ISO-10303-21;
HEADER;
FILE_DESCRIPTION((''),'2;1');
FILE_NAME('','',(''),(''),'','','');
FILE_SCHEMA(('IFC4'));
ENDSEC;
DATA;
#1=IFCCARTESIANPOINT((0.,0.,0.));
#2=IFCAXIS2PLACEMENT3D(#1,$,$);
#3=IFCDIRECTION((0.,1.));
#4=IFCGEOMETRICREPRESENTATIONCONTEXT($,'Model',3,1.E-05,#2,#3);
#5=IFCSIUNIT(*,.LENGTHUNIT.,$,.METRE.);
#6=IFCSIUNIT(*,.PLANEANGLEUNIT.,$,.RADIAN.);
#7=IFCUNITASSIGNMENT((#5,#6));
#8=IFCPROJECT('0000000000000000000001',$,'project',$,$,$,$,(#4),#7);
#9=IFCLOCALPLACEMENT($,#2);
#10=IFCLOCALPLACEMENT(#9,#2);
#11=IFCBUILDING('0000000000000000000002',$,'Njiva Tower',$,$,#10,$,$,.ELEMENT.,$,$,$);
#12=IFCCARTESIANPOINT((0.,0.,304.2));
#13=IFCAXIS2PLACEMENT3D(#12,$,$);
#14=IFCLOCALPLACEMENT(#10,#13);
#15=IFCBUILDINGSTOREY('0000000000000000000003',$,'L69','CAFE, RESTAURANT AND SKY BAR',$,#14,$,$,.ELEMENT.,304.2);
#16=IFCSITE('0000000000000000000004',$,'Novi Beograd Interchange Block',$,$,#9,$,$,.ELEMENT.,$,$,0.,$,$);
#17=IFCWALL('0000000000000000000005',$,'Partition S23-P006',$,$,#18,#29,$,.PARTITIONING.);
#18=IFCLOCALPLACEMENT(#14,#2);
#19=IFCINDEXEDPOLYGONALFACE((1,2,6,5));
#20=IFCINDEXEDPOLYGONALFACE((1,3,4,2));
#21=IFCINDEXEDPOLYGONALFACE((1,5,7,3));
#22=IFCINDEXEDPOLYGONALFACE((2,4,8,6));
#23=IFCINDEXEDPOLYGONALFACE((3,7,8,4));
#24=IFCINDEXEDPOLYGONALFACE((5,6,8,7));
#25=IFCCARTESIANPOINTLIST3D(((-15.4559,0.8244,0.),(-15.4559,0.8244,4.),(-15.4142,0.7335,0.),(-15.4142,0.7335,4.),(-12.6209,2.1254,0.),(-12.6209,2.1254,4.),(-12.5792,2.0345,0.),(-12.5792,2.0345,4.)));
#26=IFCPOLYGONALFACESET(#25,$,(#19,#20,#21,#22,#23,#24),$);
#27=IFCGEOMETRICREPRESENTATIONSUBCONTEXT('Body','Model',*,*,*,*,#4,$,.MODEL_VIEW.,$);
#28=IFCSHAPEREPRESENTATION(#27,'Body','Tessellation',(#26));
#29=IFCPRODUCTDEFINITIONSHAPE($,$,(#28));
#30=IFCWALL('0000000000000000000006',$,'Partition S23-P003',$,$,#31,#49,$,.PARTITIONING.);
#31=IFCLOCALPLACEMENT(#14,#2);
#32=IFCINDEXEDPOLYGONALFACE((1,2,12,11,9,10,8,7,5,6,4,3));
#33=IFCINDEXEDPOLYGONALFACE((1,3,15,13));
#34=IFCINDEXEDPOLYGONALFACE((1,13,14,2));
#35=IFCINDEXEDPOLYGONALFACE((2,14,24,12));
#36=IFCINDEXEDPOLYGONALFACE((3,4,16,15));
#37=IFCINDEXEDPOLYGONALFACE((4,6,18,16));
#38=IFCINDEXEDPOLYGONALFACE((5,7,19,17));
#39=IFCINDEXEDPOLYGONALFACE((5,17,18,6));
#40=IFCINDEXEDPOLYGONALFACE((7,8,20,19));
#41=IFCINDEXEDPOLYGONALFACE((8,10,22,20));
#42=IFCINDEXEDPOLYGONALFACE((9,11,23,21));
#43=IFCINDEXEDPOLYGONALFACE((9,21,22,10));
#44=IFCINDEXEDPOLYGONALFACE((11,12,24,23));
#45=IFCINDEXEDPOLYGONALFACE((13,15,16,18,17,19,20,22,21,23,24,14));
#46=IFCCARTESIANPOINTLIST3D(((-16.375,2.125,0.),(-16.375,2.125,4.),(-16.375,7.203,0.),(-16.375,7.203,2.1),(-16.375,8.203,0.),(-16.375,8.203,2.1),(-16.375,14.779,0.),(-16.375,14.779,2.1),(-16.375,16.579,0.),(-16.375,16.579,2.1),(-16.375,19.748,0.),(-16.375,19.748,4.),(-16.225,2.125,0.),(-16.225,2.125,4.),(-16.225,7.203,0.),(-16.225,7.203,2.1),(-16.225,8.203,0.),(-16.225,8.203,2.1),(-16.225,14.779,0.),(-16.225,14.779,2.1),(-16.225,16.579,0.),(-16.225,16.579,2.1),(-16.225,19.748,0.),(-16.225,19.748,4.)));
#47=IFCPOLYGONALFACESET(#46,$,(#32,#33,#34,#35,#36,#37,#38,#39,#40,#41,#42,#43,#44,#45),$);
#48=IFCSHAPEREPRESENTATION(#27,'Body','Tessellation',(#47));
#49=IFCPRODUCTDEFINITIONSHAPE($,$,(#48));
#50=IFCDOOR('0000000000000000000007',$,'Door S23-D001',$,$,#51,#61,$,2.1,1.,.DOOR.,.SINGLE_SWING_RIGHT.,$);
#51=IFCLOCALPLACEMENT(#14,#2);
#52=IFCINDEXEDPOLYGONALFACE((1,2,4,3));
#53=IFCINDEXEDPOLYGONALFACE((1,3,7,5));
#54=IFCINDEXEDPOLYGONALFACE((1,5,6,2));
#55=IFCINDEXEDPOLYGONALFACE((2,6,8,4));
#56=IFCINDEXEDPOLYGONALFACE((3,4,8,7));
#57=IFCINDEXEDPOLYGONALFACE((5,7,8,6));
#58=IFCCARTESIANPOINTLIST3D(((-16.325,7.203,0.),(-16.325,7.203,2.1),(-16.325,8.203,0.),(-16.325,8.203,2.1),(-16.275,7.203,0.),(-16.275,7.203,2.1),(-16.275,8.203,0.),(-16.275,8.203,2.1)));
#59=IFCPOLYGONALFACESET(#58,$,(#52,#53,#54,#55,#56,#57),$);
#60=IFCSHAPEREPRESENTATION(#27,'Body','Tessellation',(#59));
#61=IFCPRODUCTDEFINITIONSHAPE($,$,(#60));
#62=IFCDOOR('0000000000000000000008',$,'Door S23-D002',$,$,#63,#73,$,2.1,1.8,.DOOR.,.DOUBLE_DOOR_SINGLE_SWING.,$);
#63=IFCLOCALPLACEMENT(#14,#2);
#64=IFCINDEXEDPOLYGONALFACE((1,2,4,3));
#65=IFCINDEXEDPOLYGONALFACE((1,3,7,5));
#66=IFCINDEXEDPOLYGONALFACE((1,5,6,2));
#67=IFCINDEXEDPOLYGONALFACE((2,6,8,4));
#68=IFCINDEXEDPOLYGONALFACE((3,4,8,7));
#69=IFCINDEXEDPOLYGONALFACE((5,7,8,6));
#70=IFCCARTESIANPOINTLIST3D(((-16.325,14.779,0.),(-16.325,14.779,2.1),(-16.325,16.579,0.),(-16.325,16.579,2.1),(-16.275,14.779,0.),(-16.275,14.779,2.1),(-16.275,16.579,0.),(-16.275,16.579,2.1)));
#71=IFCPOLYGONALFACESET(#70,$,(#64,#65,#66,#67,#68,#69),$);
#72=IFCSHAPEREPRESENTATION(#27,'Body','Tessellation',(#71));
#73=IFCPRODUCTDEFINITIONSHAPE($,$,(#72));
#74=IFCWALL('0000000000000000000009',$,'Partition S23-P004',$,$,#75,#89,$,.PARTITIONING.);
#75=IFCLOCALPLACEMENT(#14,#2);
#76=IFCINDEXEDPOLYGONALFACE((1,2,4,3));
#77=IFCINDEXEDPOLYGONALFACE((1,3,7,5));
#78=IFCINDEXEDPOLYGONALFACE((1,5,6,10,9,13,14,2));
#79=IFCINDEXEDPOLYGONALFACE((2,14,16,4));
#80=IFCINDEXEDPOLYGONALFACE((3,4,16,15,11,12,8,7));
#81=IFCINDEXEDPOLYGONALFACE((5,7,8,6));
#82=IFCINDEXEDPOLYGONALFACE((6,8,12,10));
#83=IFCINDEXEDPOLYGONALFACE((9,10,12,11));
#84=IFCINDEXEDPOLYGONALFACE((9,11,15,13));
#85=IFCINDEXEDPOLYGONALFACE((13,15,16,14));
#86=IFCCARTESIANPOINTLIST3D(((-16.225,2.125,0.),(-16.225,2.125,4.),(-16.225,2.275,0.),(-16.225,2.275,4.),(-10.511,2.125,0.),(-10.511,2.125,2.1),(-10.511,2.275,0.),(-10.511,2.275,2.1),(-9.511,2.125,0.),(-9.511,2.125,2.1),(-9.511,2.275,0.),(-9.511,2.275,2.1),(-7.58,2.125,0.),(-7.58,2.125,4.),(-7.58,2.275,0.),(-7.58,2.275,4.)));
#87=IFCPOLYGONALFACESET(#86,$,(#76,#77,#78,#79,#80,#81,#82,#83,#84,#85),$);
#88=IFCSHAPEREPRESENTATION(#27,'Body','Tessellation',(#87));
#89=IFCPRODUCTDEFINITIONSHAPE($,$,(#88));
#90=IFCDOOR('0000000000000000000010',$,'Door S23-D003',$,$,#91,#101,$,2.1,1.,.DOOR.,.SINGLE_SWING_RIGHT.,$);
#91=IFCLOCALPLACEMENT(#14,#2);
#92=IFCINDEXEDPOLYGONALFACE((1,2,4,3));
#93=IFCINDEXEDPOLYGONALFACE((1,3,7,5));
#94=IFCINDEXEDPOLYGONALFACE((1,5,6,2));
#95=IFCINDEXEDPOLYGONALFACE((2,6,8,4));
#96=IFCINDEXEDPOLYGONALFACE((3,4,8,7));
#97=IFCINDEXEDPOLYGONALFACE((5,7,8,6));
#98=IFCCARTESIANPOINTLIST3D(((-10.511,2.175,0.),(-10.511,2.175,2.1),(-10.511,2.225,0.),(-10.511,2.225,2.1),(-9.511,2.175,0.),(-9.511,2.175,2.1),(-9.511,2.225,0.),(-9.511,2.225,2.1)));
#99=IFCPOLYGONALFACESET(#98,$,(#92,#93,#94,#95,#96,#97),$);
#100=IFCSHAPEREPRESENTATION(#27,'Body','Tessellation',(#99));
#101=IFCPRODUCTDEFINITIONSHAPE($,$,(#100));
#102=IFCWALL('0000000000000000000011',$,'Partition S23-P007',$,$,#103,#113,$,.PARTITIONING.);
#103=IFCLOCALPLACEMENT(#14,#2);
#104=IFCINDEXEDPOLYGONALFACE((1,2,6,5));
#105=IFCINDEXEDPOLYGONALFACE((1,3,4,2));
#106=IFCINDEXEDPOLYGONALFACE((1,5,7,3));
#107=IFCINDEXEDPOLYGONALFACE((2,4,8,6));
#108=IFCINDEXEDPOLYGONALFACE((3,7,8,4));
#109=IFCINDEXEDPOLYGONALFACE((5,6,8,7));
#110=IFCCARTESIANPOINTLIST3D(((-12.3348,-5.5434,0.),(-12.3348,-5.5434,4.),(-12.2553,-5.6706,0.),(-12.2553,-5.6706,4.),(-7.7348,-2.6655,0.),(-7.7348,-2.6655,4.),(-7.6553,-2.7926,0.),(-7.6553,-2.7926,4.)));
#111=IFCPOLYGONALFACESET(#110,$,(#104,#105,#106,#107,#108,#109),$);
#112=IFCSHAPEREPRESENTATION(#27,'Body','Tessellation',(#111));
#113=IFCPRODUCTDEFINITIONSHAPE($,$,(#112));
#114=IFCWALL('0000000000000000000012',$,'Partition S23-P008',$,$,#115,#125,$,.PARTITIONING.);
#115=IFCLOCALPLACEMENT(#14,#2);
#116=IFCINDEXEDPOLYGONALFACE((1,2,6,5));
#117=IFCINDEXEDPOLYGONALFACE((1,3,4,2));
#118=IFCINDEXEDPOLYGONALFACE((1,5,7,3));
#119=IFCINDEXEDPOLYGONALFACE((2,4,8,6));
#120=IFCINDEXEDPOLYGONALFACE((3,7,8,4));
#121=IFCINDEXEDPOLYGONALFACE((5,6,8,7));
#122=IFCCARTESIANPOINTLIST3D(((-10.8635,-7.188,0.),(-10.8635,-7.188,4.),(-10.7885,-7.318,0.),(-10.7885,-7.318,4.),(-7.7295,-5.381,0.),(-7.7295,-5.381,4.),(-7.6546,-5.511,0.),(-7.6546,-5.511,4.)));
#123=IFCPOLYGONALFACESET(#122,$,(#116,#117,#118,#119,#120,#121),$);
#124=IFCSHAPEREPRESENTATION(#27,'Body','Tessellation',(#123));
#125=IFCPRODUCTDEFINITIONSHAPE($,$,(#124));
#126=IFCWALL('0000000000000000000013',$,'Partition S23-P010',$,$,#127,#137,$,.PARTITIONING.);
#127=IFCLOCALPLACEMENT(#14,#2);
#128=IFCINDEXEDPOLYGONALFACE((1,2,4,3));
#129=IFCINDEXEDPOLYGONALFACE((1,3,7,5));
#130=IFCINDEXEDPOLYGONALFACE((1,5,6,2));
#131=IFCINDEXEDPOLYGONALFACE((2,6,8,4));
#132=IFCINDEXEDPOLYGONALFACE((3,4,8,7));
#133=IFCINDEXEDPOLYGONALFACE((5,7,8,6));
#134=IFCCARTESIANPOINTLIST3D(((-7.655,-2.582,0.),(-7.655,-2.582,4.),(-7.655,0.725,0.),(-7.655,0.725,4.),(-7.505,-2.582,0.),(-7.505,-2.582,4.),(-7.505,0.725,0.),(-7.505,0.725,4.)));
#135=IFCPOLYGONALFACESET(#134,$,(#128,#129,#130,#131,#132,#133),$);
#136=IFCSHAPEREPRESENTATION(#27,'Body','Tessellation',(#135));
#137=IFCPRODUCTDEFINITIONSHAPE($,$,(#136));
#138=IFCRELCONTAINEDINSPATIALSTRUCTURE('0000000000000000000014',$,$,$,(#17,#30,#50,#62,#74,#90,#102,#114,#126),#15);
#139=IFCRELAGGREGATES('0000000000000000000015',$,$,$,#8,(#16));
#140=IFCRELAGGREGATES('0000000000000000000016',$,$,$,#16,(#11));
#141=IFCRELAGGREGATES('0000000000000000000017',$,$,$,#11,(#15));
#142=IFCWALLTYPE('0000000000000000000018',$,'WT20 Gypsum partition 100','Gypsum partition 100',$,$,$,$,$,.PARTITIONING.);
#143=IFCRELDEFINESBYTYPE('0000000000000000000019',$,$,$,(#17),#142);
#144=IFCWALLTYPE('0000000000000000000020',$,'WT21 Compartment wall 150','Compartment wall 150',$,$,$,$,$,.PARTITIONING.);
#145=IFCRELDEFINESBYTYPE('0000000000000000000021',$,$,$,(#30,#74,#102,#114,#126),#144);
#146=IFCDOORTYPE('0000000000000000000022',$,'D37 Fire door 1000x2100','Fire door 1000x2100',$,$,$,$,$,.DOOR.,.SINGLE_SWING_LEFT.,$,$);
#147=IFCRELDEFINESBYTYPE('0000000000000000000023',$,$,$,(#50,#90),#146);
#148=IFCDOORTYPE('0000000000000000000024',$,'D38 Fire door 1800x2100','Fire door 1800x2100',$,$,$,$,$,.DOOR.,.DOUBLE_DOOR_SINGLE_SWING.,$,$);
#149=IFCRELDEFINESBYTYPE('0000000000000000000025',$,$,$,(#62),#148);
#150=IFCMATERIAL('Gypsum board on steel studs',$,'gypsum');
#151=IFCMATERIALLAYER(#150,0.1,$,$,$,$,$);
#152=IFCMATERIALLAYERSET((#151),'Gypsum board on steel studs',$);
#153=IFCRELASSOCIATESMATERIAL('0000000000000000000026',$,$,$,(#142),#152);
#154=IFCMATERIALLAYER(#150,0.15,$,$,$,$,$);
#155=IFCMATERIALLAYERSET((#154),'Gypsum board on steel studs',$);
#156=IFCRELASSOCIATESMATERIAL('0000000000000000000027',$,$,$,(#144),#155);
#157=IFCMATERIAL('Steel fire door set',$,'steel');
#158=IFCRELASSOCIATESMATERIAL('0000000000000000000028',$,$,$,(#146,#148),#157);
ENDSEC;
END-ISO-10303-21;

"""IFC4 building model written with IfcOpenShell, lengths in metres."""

from ifc_helpers import new_model, si_unit, direction, frame, frame_2d, origin, place, context, subcontext, project, spatial, rectangle, extrude, material, layer, layer_set, type_object, element, fill, save


model = new_model("IFC4")

# Units and contexts
model_context = context("Model", 3, precision=1e-05, world=origin(), true_north=direction((0.0, 1.0)))
body_context = subcontext(model_context, "Body", "Model", "MODEL_VIEW")
ifc_project = project(units=[si_unit("LENGTHUNIT", "METRE"), si_unit("PLANEANGLEUNIT", "RADIAN")], contexts=[model_context])

# Site, building, storey
site_placement = place(None, origin())
site = spatial("IfcSite", under=ifc_project, at=site_placement, Name="Novi Beograd Interchange Block", CompositionType="ELEMENT", RefElevation=0.0)
building_placement = place(site_placement, origin())
building = spatial("IfcBuilding", under=site, at=building_placement, Name="Njiva Tower", CompositionType="ELEMENT")
storey_placement = place(building_placement, frame((0.0, 0.0, 304.2)))
storey = spatial("IfcBuildingStorey", under=building, at=storey_placement, Name="L69", Description="CAFE, RESTAURANT AND SKY BAR", CompositionType="ELEMENT", Elevation=304.2)

# Wall
ifc_material_1 = material(Name="Gypsum board on steel studs", Category="gypsum")
ifc_layer_1 = layer(ifc_material_1, 0.1)
ifc_layer_set_1 = layer_set([ifc_layer_1], Name="Gypsum board on steel studs")
wall_type_1 = type_object("IfcWallType", Name="WT20 Gypsum partition 100", Description="Gypsum partition 100", PredefinedType="PARTITIONING", material=ifc_layer_set_1)
wall_1_placement = place(storey_placement, frame((-15.435, 0.779, 0.0), z_axis=(0.0, 0.0, 1.0), x_axis=(0.908867, 0.417085, 0.0)))
element("IfcWall", 1, at=wall_1_placement, inside=storey, type_object=wall_type_1, Name="Partition S23-P006", PredefinedType="PARTITIONING", context=body_context, shape_type="SweptSolid", body=[
    extrude(rectangle(XDim=3.1193, YDim=0.1, at=frame_2d((1.5596, 0.0))), origin(), (0.0, 0.0, 1.0), 4.0),
])

# Wall, openings, doors
ifc_layer_2 = layer(ifc_material_1, 0.15)
ifc_layer_set_2 = layer_set([ifc_layer_2], Name="Gypsum board on steel studs")
wall_type_2 = type_object("IfcWallType", Name="WT21 Compartment wall 150", Description="Compartment wall 150", PredefinedType="PARTITIONING", material=ifc_layer_set_2)
wall_2_placement = place(storey_placement, frame((-16.3, 2.125, 0.0), z_axis=(0.0, 0.0, 1.0), x_axis=(0.0, 1.0, 0.0)))
wall_2 = element("IfcWall", 2, at=wall_2_placement, inside=storey, type_object=wall_type_2, Name="Partition S23-P003", PredefinedType="PARTITIONING", context=body_context, shape_type="SweptSolid", body=[
    extrude(rectangle(XDim=17.623, YDim=0.15, at=frame_2d((8.8115, 0.0))), origin(), (0.0, 0.0, 1.0), 4.0),
])
opening_1_placement = place(wall_2_placement, frame((5.078, 0.0, 0.0)))
opening_1 = element("IfcOpeningElement", 3, at=opening_1_placement, cuts=wall_2, PredefinedType="OPENING", context=body_context, shape_type="SweptSolid", body=[
    extrude(rectangle(XDim=1.0, YDim=2.1, at=frame_2d((0.5, 1.05))), frame((0.0, 0.085, 0.0), z_axis=(0.0, -1.0, 0.0), x_axis=(1.0, 0.0, 0.0)), (0.0, 0.0, 1.0), 0.17),
])
opening_2_placement = place(wall_2_placement, frame((12.654, 0.0, 0.0)))
opening_2 = element("IfcOpeningElement", 4, at=opening_2_placement, cuts=wall_2, PredefinedType="OPENING", context=body_context, shape_type="SweptSolid", body=[
    extrude(rectangle(XDim=1.8, YDim=2.1, at=frame_2d((0.9, 1.05))), frame((0.0, 0.085, 0.0), z_axis=(0.0, -1.0, 0.0), x_axis=(1.0, 0.0, 0.0)), (0.0, 0.0, 1.0), 0.17),
])
ifc_material_2 = material(Name="Steel fire door set", Category="steel")
door_type_1 = type_object("IfcDoorType", Name="D37 Fire door 1000x2100", Description="Fire door 1000x2100", OperationType="SINGLE_SWING_LEFT", PredefinedType="DOOR", material=ifc_material_2)
door_1_placement = place(opening_1_placement, origin())
door_1 = element("IfcDoor", 5, at=door_1_placement, inside=storey, type_object=door_type_1, Name="Door S23-D001", OperationType="SINGLE_SWING_RIGHT", OverallHeight=2.1, OverallWidth=1.0, PredefinedType="DOOR", context=body_context, shape_type="SweptSolid", body=[
    extrude(rectangle(XDim=1.0, YDim=2.1, at=frame_2d((0.5, 1.05))), frame((0.0, 0.025, 0.0), z_axis=(0.0, -1.0, 0.0), x_axis=(1.0, 0.0, 0.0)), (0.0, 0.0, 1.0), 0.05),
])
fill(opening_1, door_1)
door_type_2 = type_object("IfcDoorType", Name="D38 Fire door 1800x2100", Description="Fire door 1800x2100", OperationType="DOUBLE_DOOR_SINGLE_SWING", PredefinedType="DOOR", material=ifc_material_2)
door_2_placement = place(opening_2_placement, origin())
door_2 = element("IfcDoor", 6, at=door_2_placement, inside=storey, type_object=door_type_2, Name="Door S23-D002", OperationType="DOUBLE_DOOR_SINGLE_SWING", OverallHeight=2.1, OverallWidth=1.8, PredefinedType="DOOR", context=body_context, shape_type="SweptSolid", body=[
    extrude(rectangle(XDim=1.8, YDim=2.1, at=frame_2d((0.9, 1.05))), frame((0.0, 0.025, 0.0), z_axis=(0.0, -1.0, 0.0), x_axis=(1.0, 0.0, 0.0)), (0.0, 0.0, 1.0), 0.05),
])
fill(opening_2, door_2)

# Wall, opening, door
wall_3_placement = place(storey_placement, frame((-16.225, 2.2, 0.0), z_axis=(0.0, 0.0, 1.0), x_axis=(1.0, 0.0, 0.0)))
wall_3 = element("IfcWall", 7, at=wall_3_placement, inside=storey, type_object=wall_type_2, Name="Partition S23-P004", PredefinedType="PARTITIONING", context=body_context, shape_type="SweptSolid", body=[
    extrude(rectangle(XDim=8.645, YDim=0.15, at=frame_2d((4.3225, 0.0))), origin(), (0.0, 0.0, 1.0), 4.0),
])
opening_3_placement = place(wall_3_placement, frame((5.714, 0.0, 0.0)))
opening_3 = element("IfcOpeningElement", 8, at=opening_3_placement, cuts=wall_3, PredefinedType="OPENING", context=body_context, shape_type="SweptSolid", body=[
    extrude(rectangle(XDim=1.0, YDim=2.1, at=frame_2d((0.5, 1.05))), frame((0.0, 0.085, 0.0), z_axis=(0.0, -1.0, 0.0), x_axis=(1.0, 0.0, 0.0)), (0.0, 0.0, 1.0), 0.17),
])
door_3_placement = place(opening_3_placement, origin())
door_3 = element("IfcDoor", 9, at=door_3_placement, inside=storey, type_object=door_type_1, Name="Door S23-D003", OperationType="SINGLE_SWING_RIGHT", OverallHeight=2.1, OverallWidth=1.0, PredefinedType="DOOR", context=body_context, shape_type="SweptSolid", body=[
    extrude(rectangle(XDim=1.0, YDim=2.1, at=frame_2d((0.5, 1.05))), frame((0.0, 0.025, 0.0), z_axis=(0.0, -1.0, 0.0), x_axis=(1.0, 0.0, 0.0)), (0.0, 0.0, 1.0), 0.05),
])
fill(opening_3, door_3)

# Walls
wall_4_placement = place(storey_placement, frame((-12.295, -5.607, 0.0), z_axis=(0.0, 0.0, 1.0), x_axis=(0.84775, 0.530396, 0.0)))
element("IfcWall", 10, at=wall_4_placement, inside=storey, type_object=wall_type_2, Name="Partition S23-P007", PredefinedType="PARTITIONING", context=body_context, shape_type="SweptSolid", body=[
    extrude(rectangle(XDim=5.4261, YDim=0.15, at=frame_2d((2.713, 0.0))), origin(), (0.0, 0.0, 1.0), 4.0),
])
wall_5_placement = place(storey_placement, frame((-10.826, -7.253, 0.0), z_axis=(0.0, 0.0, 1.0), x_axis=(0.866314, 0.499499, 0.0)))
element("IfcWall", 11, at=wall_5_placement, inside=storey, type_object=wall_type_2, Name="Partition S23-P008", PredefinedType="PARTITIONING", context=body_context, shape_type="SweptSolid", body=[
    extrude(rectangle(XDim=3.6176, YDim=0.15, at=frame_2d((1.8088, 0.0))), origin(), (0.0, 0.0, 1.0), 4.0),
])
wall_6_placement = place(storey_placement, frame((-7.58, -2.582, 0.0), z_axis=(0.0, 0.0, 1.0), x_axis=(0.0, 1.0, 0.0)))
element("IfcWall", 12, at=wall_6_placement, inside=storey, type_object=wall_type_2, Name="Partition S23-P010", PredefinedType="PARTITIONING", context=body_context, shape_type="SweptSolid", body=[
    extrude(rectangle(XDim=3.307, YDim=0.15, at=frame_2d((1.6535, 0.0))), origin(), (0.0, 0.0, 1.0), 4.0),
])

save(model, "model.ifc")
